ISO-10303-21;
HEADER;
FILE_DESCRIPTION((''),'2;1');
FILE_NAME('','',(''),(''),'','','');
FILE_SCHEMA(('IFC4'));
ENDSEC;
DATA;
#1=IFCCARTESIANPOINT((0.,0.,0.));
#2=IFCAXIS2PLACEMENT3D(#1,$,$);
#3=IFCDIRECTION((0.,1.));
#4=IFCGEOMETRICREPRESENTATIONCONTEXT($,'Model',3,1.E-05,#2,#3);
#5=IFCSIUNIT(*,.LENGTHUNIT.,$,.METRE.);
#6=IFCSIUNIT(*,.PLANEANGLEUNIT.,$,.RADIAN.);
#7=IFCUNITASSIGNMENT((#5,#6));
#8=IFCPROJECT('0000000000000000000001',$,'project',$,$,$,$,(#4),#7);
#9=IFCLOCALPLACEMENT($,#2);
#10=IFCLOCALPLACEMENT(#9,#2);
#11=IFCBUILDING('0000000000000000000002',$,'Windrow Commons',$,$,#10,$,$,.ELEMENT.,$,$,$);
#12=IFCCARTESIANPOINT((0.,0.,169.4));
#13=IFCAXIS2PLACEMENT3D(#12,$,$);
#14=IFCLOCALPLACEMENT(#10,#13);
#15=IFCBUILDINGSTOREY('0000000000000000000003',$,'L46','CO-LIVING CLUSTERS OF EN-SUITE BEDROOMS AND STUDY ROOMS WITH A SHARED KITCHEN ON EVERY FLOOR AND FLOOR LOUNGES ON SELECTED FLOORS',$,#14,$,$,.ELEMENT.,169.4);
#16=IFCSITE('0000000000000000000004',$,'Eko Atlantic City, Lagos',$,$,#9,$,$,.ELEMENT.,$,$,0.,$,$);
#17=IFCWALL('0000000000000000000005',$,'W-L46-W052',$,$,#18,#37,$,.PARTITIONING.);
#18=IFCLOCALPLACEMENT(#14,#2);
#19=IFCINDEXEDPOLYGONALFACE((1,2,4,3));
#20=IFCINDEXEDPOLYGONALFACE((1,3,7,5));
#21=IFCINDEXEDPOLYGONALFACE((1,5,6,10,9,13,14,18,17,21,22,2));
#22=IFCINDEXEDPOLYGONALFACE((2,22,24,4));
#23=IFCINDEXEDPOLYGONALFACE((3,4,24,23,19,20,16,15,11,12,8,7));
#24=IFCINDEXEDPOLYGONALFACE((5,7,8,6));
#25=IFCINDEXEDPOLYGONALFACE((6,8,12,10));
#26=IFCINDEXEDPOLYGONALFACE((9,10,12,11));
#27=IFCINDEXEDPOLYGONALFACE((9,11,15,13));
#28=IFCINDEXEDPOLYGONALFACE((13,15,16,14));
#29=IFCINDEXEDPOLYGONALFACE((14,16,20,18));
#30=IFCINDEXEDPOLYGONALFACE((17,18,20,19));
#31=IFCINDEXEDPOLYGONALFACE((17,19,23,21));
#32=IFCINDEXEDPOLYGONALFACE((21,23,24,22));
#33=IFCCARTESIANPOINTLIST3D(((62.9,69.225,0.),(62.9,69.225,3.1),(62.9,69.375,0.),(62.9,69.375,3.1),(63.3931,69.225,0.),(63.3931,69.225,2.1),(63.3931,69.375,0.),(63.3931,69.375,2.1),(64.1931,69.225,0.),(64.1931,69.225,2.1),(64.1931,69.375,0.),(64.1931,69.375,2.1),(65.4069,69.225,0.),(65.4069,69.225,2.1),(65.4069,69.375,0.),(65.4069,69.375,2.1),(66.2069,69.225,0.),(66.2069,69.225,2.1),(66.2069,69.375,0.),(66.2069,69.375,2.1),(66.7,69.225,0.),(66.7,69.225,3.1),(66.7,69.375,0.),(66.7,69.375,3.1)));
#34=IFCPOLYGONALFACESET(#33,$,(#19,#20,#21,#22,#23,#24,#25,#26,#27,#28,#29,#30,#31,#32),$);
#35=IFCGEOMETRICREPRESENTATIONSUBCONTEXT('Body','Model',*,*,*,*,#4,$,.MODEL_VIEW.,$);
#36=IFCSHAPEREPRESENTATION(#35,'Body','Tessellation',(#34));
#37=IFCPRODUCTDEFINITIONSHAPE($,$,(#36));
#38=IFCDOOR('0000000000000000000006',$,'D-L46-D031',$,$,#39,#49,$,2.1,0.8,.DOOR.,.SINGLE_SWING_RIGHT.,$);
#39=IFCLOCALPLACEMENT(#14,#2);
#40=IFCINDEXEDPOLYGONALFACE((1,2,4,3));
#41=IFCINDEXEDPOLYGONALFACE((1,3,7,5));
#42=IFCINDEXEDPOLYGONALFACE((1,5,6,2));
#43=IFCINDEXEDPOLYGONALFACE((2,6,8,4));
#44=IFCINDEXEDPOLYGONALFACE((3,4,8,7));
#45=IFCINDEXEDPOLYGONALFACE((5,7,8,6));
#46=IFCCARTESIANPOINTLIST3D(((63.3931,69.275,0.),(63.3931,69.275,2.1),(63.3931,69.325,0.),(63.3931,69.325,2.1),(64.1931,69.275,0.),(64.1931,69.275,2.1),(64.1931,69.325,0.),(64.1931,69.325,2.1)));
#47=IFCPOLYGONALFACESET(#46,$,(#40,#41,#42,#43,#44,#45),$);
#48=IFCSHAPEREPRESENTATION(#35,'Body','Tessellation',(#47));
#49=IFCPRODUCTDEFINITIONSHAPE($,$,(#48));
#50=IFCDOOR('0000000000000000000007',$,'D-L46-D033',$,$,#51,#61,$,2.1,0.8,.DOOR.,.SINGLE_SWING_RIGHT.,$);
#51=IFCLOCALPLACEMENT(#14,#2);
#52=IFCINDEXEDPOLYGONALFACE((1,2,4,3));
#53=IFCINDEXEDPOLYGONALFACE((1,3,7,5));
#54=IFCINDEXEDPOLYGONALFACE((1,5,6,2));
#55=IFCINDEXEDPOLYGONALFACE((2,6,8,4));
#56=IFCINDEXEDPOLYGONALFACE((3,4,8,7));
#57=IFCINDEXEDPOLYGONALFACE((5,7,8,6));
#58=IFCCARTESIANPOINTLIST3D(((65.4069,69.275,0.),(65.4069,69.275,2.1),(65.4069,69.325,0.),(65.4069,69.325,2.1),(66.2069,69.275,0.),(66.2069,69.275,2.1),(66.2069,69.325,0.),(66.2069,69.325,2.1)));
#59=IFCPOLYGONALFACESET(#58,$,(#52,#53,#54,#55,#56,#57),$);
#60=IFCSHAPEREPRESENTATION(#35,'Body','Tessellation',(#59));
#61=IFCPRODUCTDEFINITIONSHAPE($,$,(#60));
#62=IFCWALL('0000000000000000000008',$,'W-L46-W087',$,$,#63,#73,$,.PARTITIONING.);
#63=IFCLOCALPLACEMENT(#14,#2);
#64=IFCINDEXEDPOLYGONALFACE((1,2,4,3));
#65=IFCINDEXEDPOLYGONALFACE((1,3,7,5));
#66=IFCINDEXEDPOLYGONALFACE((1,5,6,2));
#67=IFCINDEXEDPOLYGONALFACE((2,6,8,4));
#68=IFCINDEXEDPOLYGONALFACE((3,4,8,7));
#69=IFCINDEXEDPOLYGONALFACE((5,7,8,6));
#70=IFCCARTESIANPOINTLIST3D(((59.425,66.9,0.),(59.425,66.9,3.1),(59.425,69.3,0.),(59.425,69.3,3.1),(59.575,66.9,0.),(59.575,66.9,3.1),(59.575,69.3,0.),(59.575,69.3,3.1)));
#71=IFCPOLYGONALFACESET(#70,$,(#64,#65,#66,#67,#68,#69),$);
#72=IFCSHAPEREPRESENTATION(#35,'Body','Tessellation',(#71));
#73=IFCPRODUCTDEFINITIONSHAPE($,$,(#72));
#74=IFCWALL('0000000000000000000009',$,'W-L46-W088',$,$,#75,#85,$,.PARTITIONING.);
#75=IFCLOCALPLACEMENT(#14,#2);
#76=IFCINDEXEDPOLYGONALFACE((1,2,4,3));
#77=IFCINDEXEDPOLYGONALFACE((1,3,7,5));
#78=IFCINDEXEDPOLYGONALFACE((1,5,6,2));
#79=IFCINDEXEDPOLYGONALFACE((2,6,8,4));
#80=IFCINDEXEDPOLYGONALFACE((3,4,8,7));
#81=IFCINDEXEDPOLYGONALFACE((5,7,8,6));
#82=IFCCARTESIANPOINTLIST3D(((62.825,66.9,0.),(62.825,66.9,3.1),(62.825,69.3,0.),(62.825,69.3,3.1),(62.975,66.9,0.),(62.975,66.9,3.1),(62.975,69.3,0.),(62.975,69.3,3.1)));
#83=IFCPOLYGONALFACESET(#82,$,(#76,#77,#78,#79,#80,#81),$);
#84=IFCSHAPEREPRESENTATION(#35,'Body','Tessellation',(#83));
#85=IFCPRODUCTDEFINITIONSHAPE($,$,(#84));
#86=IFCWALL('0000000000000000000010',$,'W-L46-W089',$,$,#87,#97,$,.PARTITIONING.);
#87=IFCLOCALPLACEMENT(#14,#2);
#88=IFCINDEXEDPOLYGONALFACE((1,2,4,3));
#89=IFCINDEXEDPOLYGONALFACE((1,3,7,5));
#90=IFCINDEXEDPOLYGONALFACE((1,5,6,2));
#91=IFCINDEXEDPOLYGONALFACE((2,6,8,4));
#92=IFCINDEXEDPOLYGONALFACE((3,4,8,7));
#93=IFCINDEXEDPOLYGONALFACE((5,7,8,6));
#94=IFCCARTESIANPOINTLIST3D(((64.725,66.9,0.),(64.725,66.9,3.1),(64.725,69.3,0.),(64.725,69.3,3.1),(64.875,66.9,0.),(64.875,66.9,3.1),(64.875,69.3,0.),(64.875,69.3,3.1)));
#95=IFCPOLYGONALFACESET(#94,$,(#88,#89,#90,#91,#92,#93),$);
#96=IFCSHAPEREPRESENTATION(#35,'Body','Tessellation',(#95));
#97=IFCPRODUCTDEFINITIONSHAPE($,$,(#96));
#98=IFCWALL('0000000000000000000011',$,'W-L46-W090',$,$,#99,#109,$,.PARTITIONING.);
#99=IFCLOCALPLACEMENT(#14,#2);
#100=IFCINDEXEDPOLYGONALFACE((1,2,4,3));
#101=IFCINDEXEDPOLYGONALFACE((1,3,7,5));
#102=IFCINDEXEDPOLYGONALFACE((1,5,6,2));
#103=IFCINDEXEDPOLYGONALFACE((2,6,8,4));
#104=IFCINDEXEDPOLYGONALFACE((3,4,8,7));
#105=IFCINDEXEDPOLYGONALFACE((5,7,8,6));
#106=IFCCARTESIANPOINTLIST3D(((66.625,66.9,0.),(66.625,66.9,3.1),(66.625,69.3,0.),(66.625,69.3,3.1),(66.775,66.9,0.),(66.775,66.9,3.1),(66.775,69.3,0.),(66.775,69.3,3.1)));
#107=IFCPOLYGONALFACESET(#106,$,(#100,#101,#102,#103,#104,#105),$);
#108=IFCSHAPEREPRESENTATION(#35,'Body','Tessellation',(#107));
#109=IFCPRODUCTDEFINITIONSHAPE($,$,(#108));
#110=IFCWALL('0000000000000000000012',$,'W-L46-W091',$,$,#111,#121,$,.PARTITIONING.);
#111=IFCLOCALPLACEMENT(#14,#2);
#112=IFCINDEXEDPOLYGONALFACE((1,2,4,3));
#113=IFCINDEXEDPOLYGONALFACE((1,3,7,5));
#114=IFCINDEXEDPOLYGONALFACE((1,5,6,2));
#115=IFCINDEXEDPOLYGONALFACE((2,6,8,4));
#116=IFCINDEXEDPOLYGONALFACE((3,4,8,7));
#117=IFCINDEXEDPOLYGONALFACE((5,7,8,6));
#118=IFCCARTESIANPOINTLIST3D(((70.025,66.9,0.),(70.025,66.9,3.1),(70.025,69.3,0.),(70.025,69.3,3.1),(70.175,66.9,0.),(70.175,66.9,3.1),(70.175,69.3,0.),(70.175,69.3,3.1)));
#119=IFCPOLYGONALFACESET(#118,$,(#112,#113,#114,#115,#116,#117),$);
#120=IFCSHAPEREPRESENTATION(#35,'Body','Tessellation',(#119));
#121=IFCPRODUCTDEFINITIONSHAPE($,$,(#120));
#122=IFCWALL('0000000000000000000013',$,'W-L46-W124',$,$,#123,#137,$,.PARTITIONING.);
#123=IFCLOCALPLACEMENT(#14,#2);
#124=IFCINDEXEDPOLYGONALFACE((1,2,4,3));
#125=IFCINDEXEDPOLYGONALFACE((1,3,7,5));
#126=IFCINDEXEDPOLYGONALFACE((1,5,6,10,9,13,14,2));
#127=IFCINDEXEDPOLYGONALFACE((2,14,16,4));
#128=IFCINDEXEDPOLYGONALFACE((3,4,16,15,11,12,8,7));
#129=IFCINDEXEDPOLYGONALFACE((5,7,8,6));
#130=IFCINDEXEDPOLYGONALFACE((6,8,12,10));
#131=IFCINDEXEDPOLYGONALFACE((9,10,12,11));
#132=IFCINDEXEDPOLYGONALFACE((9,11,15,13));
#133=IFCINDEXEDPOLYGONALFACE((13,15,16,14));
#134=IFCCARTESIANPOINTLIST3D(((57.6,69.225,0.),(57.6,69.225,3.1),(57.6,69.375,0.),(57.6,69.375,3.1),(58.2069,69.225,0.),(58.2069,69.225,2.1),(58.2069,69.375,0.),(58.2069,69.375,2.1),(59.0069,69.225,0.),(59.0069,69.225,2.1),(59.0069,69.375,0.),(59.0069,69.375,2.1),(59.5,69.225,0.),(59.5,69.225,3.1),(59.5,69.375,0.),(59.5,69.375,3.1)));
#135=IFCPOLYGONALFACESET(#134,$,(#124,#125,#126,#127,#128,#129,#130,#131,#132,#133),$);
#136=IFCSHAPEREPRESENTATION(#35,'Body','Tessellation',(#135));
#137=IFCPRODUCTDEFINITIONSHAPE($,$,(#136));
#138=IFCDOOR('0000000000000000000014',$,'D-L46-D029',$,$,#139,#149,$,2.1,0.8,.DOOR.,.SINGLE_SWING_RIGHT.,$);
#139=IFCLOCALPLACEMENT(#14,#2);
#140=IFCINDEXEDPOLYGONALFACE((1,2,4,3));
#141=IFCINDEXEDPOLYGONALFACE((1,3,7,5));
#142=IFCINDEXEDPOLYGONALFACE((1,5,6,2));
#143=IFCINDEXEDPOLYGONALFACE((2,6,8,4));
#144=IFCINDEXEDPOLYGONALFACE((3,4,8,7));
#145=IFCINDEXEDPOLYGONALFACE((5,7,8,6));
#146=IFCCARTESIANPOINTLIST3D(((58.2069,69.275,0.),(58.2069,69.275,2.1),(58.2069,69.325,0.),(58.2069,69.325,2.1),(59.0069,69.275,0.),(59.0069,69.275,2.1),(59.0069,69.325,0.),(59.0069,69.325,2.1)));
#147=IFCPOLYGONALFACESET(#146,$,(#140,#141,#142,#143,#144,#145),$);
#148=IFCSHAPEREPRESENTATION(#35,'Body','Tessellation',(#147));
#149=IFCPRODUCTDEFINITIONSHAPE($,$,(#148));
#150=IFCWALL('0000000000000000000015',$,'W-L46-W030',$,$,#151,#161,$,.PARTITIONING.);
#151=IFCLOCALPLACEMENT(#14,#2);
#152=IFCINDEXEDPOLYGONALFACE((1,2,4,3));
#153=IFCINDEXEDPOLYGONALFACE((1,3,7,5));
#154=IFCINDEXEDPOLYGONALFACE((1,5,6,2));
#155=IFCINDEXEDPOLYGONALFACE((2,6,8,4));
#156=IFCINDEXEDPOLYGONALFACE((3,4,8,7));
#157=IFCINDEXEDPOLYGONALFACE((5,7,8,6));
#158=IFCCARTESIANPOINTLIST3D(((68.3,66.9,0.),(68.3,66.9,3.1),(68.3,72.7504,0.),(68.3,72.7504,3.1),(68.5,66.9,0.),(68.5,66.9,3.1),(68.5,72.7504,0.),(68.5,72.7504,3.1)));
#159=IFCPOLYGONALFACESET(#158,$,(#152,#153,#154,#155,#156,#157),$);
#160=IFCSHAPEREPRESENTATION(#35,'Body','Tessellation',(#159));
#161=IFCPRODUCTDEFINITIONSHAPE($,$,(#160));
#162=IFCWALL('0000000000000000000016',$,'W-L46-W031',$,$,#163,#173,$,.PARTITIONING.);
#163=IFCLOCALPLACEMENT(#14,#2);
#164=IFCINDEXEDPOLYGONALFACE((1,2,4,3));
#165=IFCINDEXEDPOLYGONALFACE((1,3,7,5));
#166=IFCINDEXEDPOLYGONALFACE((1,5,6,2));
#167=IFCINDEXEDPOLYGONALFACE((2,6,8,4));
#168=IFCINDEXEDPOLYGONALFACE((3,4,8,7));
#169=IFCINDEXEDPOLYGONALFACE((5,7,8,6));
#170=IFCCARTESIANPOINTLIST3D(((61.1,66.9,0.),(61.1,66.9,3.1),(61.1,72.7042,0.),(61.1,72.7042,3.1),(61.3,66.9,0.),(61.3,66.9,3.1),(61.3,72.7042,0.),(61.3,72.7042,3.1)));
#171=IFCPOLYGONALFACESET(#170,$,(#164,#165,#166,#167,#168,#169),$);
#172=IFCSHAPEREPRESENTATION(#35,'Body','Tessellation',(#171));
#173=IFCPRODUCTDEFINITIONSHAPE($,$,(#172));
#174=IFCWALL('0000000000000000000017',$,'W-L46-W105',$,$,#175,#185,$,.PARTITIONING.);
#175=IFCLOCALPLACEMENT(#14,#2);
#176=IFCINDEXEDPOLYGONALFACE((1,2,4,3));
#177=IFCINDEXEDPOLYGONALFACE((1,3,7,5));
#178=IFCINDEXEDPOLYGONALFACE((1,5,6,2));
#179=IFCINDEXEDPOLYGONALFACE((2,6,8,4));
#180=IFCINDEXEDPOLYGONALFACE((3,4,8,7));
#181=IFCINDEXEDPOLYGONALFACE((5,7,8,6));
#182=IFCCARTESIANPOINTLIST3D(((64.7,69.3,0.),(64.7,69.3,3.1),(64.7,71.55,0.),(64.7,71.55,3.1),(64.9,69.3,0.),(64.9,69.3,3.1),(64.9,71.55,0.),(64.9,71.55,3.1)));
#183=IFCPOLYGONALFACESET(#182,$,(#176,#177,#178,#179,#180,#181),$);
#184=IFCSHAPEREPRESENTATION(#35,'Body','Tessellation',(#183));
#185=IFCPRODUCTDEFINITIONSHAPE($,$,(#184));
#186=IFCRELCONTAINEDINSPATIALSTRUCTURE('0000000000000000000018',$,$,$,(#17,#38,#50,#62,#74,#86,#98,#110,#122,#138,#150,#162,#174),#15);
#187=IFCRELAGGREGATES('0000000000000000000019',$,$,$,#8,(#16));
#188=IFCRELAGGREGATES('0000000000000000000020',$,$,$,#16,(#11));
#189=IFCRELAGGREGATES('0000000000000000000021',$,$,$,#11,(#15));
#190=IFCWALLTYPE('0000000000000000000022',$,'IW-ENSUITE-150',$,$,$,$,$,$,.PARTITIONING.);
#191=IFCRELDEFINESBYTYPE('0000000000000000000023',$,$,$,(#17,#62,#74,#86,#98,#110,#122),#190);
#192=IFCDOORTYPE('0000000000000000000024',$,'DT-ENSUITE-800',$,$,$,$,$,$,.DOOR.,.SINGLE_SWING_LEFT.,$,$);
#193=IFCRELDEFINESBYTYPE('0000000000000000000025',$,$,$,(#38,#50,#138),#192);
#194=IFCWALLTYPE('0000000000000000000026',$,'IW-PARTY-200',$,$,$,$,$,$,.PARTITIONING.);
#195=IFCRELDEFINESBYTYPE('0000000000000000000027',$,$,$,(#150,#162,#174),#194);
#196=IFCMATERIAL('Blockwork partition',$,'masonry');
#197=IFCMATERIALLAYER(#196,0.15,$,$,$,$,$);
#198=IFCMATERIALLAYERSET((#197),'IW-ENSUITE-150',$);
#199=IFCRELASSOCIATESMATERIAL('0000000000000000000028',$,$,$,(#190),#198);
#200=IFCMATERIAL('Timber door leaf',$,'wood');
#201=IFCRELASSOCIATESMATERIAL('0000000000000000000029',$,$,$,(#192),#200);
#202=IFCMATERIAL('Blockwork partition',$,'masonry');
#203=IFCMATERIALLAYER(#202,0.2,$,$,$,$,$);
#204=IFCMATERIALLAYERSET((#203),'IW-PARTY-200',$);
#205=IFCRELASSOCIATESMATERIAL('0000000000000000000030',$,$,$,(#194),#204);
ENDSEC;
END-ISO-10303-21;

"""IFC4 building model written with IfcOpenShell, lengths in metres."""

from ifc_helpers import new_model, si_unit, direction, frame, frame_2d, origin, place, context, subcontext, project, spatial, rectangle, extrude, material, layer, layer_set, type_object, element, fill, save


model = new_model("IFC4")

# Units and contexts
model_context = context("Model", 3, precision=1e-05, world=origin(), true_north=direction((0.0, 1.0)))
body_context = subcontext(model_context, "Body", "Model", "MODEL_VIEW")
ifc_project = project(units=[si_unit("LENGTHUNIT", "METRE"), si_unit("PLANEANGLEUNIT", "RADIAN")], contexts=[model_context])

# Site, building, storey
site_placement = place(None, origin())
site = spatial("IfcSite", under=ifc_project, at=site_placement, Name="Eko Atlantic City, Lagos", CompositionType="ELEMENT", RefElevation=0.0)
building_placement = place(site_placement, origin())
building = spatial("IfcBuilding", under=site, at=building_placement, Name="Windrow Commons", CompositionType="ELEMENT")
storey_placement = place(building_placement, frame((0.0, 0.0, 169.4)))
storey = spatial("IfcBuildingStorey", under=building, at=storey_placement, Name="L46", Description="CO-LIVING CLUSTERS OF EN-SUITE BEDROOMS AND STUDY ROOMS WITH A SHARED KITCHEN ON EVERY FLOOR AND FLOOR LOUNGES ON SELECTED FLOORS", CompositionType="ELEMENT", Elevation=169.4)

# Wall, openings, doors
ifc_material_1 = material(Name="Blockwork partition", Category="masonry")
ifc_layer_1 = layer(ifc_material_1, 0.15)
ifc_layer_set_1 = layer_set([ifc_layer_1], Name="IW-ENSUITE-150")
wall_type_1 = type_object("IfcWallType", Name="IW-ENSUITE-150", PredefinedType="PARTITIONING", material=ifc_layer_set_1)
wall_1_placement = place(storey_placement, frame((62.9, 69.3, 0.0), z_axis=(0.0, 0.0, 1.0), x_axis=(1.0, 0.0, 0.0)))
wall_1 = element("IfcWall", 1, at=wall_1_placement, inside=storey, type_object=wall_type_1, Name="W-L46-W052", PredefinedType="PARTITIONING", context=body_context, shape_type="SweptSolid", body=[
    extrude(rectangle(XDim=3.8, YDim=0.15, at=frame_2d((1.9, 0.0))), origin(), (0.0, 0.0, 1.0), 3.1),
])
opening_1_placement = place(wall_1_placement, frame((0.4931, 0.0, 0.0)))
opening_1 = element("IfcOpeningElement", 2, at=opening_1_placement, cuts=wall_1, PredefinedType="OPENING", context=body_context, shape_type="SweptSolid", body=[
    extrude(rectangle(XDim=0.8, YDim=2.1, at=frame_2d((0.4, 1.05))), frame((0.0, 0.085, 0.0), z_axis=(0.0, -1.0, 0.0), x_axis=(1.0, 0.0, 0.0)), (0.0, 0.0, 1.0), 0.17),
])
opening_2_placement = place(wall_1_placement, frame((2.5069, 0.0, 0.0)))
opening_2 = element("IfcOpeningElement", 3, at=opening_2_placement, cuts=wall_1, PredefinedType="OPENING", context=body_context, shape_type="SweptSolid", body=[
    extrude(rectangle(XDim=0.8, YDim=2.1, at=frame_2d((0.4, 1.05))), frame((0.0, 0.085, 0.0), z_axis=(0.0, -1.0, 0.0), x_axis=(1.0, 0.0, 0.0)), (0.0, 0.0, 1.0), 0.17),
])
ifc_material_2 = material(Name="Timber door leaf", Category="wood")
door_type = type_object("IfcDoorType", Name="DT-ENSUITE-800", OperationType="SINGLE_SWING_LEFT", PredefinedType="DOOR", material=ifc_material_2)
door_1_placement = place(opening_1_placement, origin())
door_1 = element("IfcDoor", 4, at=door_1_placement, inside=storey, type_object=door_type, Name="D-L46-D031", OperationType="SINGLE_SWING_RIGHT", OverallHeight=2.1, OverallWidth=0.8, PredefinedType="DOOR", context=body_context, shape_type="SweptSolid", body=[
    extrude(rectangle(XDim=0.8, YDim=2.1, at=frame_2d((0.4, 1.05))), frame((0.0, 0.025, 0.0), z_axis=(0.0, -1.0, 0.0), x_axis=(1.0, 0.0, 0.0)), (0.0, 0.0, 1.0), 0.05),
])
fill(opening_1, door_1)
door_2_placement = place(opening_2_placement, origin())
door_2 = element("IfcDoor", 5, at=door_2_placement, inside=storey, type_object=door_type, Name="D-L46-D033", OperationType="SINGLE_SWING_RIGHT", OverallHeight=2.1, OverallWidth=0.8, PredefinedType="DOOR", context=body_context, shape_type="SweptSolid", body=[
    extrude(rectangle(XDim=0.8, YDim=2.1, at=frame_2d((0.4, 1.05))), frame((0.0, 0.025, 0.0), z_axis=(0.0, -1.0, 0.0), x_axis=(1.0, 0.0, 0.0)), (0.0, 0.0, 1.0), 0.05),
])
fill(opening_2, door_2)

# Walls
for number, where, z_axis, x_axis, name in (
    (6, (59.5, 66.9, 0.0), (0.0, 0.0, 1.0), (0.0, 1.0, 0.0), "W-L46-W087"),
    (7, (62.9, 66.9, 0.0), (0.0, 0.0, 1.0), (0.0, 1.0, 0.0), "W-L46-W088"),
    (8, (64.8, 66.9, 0.0), (0.0, 0.0, 1.0), (0.0, 1.0, 0.0), "W-L46-W089"),
    (9, (66.7, 66.9, 0.0), (0.0, 0.0, 1.0), (0.0, 1.0, 0.0), "W-L46-W090"),
    (10, (70.1, 66.9, 0.0), (0.0, 0.0, 1.0), (0.0, 1.0, 0.0), "W-L46-W091"),
):
    element("IfcWall", number, at=place(storey_placement, frame(where, z_axis=z_axis, x_axis=x_axis)), inside=storey, type_object=wall_type_1, Name=name, PredefinedType="PARTITIONING", context=body_context, shape_type="SweptSolid", body=[
        extrude(rectangle(XDim=2.4, YDim=0.15, at=frame_2d((1.2, 0.0))), origin(), (0.0, 0.0, 1.0), 3.1),
    ])

# Wall, opening, door
wall_2_placement = place(storey_placement, frame((57.6, 69.3, 0.0), z_axis=(0.0, 0.0, 1.0), x_axis=(1.0, 0.0, 0.0)))
wall_2 = element("IfcWall", 11, at=wall_2_placement, inside=storey, type_object=wall_type_1, Name="W-L46-W124", PredefinedType="PARTITIONING", context=body_context, shape_type="SweptSolid", body=[
    extrude(rectangle(XDim=1.9, YDim=0.15, at=frame_2d((0.95, 0.0))), origin(), (0.0, 0.0, 1.0), 3.1),
])
opening_3_placement = place(wall_2_placement, frame((0.6069, 0.0, 0.0)))
opening_3 = element("IfcOpeningElement", 12, at=opening_3_placement, cuts=wall_2, PredefinedType="OPENING", context=body_context, shape_type="SweptSolid", body=[
    extrude(rectangle(XDim=0.8, YDim=2.1, at=frame_2d((0.4, 1.05))), frame((0.0, 0.085, 0.0), z_axis=(0.0, -1.0, 0.0), x_axis=(1.0, 0.0, 0.0)), (0.0, 0.0, 1.0), 0.17),
])
door_3_placement = place(opening_3_placement, origin())
door_3 = element("IfcDoor", 13, at=door_3_placement, inside=storey, type_object=door_type, Name="D-L46-D029", OperationType="SINGLE_SWING_RIGHT", OverallHeight=2.1, OverallWidth=0.8, PredefinedType="DOOR", context=body_context, shape_type="SweptSolid", body=[
    extrude(rectangle(XDim=0.8, YDim=2.1, at=frame_2d((0.4, 1.05))), frame((0.0, 0.025, 0.0), z_axis=(0.0, -1.0, 0.0), x_axis=(1.0, 0.0, 0.0)), (0.0, 0.0, 1.0), 0.05),
])
fill(opening_3, door_3)

# Walls
ifc_material_3 = material(Name="Blockwork partition", Category="masonry")
ifc_layer_2 = layer(ifc_material_3, 0.2)
ifc_layer_set_2 = layer_set([ifc_layer_2], Name="IW-PARTY-200")
wall_type_2 = type_object("IfcWallType", Name="IW-PARTY-200", PredefinedType="PARTITIONING", material=ifc_layer_set_2)
wall_3_placement = place(storey_placement, frame((68.4, 66.9, 0.0), z_axis=(0.0, 0.0, 1.0), x_axis=(0.0, 1.0, 0.0)))
element("IfcWall", 14, at=wall_3_placement, inside=storey, type_object=wall_type_2, Name="W-L46-W030", PredefinedType="PARTITIONING", context=body_context, shape_type="SweptSolid", body=[
    extrude(rectangle(XDim=5.8504, YDim=0.2, at=frame_2d((2.9252, 0.0))), origin(), (0.0, 0.0, 1.0), 3.1),
])
wall_4_placement = place(storey_placement, frame((61.2, 66.9, 0.0), z_axis=(0.0, 0.0, 1.0), x_axis=(0.0, 1.0, 0.0)))
element("IfcWall", 15, at=wall_4_placement, inside=storey, type_object=wall_type_2, Name="W-L46-W031", PredefinedType="PARTITIONING", context=body_context, shape_type="SweptSolid", body=[
    extrude(rectangle(XDim=5.8043, YDim=0.2, at=frame_2d((2.9021, 0.0))), origin(), (0.0, 0.0, 1.0), 3.1),
])
wall_5_placement = place(storey_placement, frame((64.8, 69.3, 0.0), z_axis=(0.0, 0.0, 1.0), x_axis=(0.0, 1.0, 0.0)))
element("IfcWall", 16, at=wall_5_placement, inside=storey, type_object=wall_type_2, Name="W-L46-W105", PredefinedType="PARTITIONING", context=body_context, shape_type="SweptSolid", body=[
    extrude(rectangle(XDim=2.25, YDim=0.2, at=frame_2d((1.125, 0.0))), origin(), (0.0, 0.0, 1.0), 3.1),
])

save(model, "model.ifc")
